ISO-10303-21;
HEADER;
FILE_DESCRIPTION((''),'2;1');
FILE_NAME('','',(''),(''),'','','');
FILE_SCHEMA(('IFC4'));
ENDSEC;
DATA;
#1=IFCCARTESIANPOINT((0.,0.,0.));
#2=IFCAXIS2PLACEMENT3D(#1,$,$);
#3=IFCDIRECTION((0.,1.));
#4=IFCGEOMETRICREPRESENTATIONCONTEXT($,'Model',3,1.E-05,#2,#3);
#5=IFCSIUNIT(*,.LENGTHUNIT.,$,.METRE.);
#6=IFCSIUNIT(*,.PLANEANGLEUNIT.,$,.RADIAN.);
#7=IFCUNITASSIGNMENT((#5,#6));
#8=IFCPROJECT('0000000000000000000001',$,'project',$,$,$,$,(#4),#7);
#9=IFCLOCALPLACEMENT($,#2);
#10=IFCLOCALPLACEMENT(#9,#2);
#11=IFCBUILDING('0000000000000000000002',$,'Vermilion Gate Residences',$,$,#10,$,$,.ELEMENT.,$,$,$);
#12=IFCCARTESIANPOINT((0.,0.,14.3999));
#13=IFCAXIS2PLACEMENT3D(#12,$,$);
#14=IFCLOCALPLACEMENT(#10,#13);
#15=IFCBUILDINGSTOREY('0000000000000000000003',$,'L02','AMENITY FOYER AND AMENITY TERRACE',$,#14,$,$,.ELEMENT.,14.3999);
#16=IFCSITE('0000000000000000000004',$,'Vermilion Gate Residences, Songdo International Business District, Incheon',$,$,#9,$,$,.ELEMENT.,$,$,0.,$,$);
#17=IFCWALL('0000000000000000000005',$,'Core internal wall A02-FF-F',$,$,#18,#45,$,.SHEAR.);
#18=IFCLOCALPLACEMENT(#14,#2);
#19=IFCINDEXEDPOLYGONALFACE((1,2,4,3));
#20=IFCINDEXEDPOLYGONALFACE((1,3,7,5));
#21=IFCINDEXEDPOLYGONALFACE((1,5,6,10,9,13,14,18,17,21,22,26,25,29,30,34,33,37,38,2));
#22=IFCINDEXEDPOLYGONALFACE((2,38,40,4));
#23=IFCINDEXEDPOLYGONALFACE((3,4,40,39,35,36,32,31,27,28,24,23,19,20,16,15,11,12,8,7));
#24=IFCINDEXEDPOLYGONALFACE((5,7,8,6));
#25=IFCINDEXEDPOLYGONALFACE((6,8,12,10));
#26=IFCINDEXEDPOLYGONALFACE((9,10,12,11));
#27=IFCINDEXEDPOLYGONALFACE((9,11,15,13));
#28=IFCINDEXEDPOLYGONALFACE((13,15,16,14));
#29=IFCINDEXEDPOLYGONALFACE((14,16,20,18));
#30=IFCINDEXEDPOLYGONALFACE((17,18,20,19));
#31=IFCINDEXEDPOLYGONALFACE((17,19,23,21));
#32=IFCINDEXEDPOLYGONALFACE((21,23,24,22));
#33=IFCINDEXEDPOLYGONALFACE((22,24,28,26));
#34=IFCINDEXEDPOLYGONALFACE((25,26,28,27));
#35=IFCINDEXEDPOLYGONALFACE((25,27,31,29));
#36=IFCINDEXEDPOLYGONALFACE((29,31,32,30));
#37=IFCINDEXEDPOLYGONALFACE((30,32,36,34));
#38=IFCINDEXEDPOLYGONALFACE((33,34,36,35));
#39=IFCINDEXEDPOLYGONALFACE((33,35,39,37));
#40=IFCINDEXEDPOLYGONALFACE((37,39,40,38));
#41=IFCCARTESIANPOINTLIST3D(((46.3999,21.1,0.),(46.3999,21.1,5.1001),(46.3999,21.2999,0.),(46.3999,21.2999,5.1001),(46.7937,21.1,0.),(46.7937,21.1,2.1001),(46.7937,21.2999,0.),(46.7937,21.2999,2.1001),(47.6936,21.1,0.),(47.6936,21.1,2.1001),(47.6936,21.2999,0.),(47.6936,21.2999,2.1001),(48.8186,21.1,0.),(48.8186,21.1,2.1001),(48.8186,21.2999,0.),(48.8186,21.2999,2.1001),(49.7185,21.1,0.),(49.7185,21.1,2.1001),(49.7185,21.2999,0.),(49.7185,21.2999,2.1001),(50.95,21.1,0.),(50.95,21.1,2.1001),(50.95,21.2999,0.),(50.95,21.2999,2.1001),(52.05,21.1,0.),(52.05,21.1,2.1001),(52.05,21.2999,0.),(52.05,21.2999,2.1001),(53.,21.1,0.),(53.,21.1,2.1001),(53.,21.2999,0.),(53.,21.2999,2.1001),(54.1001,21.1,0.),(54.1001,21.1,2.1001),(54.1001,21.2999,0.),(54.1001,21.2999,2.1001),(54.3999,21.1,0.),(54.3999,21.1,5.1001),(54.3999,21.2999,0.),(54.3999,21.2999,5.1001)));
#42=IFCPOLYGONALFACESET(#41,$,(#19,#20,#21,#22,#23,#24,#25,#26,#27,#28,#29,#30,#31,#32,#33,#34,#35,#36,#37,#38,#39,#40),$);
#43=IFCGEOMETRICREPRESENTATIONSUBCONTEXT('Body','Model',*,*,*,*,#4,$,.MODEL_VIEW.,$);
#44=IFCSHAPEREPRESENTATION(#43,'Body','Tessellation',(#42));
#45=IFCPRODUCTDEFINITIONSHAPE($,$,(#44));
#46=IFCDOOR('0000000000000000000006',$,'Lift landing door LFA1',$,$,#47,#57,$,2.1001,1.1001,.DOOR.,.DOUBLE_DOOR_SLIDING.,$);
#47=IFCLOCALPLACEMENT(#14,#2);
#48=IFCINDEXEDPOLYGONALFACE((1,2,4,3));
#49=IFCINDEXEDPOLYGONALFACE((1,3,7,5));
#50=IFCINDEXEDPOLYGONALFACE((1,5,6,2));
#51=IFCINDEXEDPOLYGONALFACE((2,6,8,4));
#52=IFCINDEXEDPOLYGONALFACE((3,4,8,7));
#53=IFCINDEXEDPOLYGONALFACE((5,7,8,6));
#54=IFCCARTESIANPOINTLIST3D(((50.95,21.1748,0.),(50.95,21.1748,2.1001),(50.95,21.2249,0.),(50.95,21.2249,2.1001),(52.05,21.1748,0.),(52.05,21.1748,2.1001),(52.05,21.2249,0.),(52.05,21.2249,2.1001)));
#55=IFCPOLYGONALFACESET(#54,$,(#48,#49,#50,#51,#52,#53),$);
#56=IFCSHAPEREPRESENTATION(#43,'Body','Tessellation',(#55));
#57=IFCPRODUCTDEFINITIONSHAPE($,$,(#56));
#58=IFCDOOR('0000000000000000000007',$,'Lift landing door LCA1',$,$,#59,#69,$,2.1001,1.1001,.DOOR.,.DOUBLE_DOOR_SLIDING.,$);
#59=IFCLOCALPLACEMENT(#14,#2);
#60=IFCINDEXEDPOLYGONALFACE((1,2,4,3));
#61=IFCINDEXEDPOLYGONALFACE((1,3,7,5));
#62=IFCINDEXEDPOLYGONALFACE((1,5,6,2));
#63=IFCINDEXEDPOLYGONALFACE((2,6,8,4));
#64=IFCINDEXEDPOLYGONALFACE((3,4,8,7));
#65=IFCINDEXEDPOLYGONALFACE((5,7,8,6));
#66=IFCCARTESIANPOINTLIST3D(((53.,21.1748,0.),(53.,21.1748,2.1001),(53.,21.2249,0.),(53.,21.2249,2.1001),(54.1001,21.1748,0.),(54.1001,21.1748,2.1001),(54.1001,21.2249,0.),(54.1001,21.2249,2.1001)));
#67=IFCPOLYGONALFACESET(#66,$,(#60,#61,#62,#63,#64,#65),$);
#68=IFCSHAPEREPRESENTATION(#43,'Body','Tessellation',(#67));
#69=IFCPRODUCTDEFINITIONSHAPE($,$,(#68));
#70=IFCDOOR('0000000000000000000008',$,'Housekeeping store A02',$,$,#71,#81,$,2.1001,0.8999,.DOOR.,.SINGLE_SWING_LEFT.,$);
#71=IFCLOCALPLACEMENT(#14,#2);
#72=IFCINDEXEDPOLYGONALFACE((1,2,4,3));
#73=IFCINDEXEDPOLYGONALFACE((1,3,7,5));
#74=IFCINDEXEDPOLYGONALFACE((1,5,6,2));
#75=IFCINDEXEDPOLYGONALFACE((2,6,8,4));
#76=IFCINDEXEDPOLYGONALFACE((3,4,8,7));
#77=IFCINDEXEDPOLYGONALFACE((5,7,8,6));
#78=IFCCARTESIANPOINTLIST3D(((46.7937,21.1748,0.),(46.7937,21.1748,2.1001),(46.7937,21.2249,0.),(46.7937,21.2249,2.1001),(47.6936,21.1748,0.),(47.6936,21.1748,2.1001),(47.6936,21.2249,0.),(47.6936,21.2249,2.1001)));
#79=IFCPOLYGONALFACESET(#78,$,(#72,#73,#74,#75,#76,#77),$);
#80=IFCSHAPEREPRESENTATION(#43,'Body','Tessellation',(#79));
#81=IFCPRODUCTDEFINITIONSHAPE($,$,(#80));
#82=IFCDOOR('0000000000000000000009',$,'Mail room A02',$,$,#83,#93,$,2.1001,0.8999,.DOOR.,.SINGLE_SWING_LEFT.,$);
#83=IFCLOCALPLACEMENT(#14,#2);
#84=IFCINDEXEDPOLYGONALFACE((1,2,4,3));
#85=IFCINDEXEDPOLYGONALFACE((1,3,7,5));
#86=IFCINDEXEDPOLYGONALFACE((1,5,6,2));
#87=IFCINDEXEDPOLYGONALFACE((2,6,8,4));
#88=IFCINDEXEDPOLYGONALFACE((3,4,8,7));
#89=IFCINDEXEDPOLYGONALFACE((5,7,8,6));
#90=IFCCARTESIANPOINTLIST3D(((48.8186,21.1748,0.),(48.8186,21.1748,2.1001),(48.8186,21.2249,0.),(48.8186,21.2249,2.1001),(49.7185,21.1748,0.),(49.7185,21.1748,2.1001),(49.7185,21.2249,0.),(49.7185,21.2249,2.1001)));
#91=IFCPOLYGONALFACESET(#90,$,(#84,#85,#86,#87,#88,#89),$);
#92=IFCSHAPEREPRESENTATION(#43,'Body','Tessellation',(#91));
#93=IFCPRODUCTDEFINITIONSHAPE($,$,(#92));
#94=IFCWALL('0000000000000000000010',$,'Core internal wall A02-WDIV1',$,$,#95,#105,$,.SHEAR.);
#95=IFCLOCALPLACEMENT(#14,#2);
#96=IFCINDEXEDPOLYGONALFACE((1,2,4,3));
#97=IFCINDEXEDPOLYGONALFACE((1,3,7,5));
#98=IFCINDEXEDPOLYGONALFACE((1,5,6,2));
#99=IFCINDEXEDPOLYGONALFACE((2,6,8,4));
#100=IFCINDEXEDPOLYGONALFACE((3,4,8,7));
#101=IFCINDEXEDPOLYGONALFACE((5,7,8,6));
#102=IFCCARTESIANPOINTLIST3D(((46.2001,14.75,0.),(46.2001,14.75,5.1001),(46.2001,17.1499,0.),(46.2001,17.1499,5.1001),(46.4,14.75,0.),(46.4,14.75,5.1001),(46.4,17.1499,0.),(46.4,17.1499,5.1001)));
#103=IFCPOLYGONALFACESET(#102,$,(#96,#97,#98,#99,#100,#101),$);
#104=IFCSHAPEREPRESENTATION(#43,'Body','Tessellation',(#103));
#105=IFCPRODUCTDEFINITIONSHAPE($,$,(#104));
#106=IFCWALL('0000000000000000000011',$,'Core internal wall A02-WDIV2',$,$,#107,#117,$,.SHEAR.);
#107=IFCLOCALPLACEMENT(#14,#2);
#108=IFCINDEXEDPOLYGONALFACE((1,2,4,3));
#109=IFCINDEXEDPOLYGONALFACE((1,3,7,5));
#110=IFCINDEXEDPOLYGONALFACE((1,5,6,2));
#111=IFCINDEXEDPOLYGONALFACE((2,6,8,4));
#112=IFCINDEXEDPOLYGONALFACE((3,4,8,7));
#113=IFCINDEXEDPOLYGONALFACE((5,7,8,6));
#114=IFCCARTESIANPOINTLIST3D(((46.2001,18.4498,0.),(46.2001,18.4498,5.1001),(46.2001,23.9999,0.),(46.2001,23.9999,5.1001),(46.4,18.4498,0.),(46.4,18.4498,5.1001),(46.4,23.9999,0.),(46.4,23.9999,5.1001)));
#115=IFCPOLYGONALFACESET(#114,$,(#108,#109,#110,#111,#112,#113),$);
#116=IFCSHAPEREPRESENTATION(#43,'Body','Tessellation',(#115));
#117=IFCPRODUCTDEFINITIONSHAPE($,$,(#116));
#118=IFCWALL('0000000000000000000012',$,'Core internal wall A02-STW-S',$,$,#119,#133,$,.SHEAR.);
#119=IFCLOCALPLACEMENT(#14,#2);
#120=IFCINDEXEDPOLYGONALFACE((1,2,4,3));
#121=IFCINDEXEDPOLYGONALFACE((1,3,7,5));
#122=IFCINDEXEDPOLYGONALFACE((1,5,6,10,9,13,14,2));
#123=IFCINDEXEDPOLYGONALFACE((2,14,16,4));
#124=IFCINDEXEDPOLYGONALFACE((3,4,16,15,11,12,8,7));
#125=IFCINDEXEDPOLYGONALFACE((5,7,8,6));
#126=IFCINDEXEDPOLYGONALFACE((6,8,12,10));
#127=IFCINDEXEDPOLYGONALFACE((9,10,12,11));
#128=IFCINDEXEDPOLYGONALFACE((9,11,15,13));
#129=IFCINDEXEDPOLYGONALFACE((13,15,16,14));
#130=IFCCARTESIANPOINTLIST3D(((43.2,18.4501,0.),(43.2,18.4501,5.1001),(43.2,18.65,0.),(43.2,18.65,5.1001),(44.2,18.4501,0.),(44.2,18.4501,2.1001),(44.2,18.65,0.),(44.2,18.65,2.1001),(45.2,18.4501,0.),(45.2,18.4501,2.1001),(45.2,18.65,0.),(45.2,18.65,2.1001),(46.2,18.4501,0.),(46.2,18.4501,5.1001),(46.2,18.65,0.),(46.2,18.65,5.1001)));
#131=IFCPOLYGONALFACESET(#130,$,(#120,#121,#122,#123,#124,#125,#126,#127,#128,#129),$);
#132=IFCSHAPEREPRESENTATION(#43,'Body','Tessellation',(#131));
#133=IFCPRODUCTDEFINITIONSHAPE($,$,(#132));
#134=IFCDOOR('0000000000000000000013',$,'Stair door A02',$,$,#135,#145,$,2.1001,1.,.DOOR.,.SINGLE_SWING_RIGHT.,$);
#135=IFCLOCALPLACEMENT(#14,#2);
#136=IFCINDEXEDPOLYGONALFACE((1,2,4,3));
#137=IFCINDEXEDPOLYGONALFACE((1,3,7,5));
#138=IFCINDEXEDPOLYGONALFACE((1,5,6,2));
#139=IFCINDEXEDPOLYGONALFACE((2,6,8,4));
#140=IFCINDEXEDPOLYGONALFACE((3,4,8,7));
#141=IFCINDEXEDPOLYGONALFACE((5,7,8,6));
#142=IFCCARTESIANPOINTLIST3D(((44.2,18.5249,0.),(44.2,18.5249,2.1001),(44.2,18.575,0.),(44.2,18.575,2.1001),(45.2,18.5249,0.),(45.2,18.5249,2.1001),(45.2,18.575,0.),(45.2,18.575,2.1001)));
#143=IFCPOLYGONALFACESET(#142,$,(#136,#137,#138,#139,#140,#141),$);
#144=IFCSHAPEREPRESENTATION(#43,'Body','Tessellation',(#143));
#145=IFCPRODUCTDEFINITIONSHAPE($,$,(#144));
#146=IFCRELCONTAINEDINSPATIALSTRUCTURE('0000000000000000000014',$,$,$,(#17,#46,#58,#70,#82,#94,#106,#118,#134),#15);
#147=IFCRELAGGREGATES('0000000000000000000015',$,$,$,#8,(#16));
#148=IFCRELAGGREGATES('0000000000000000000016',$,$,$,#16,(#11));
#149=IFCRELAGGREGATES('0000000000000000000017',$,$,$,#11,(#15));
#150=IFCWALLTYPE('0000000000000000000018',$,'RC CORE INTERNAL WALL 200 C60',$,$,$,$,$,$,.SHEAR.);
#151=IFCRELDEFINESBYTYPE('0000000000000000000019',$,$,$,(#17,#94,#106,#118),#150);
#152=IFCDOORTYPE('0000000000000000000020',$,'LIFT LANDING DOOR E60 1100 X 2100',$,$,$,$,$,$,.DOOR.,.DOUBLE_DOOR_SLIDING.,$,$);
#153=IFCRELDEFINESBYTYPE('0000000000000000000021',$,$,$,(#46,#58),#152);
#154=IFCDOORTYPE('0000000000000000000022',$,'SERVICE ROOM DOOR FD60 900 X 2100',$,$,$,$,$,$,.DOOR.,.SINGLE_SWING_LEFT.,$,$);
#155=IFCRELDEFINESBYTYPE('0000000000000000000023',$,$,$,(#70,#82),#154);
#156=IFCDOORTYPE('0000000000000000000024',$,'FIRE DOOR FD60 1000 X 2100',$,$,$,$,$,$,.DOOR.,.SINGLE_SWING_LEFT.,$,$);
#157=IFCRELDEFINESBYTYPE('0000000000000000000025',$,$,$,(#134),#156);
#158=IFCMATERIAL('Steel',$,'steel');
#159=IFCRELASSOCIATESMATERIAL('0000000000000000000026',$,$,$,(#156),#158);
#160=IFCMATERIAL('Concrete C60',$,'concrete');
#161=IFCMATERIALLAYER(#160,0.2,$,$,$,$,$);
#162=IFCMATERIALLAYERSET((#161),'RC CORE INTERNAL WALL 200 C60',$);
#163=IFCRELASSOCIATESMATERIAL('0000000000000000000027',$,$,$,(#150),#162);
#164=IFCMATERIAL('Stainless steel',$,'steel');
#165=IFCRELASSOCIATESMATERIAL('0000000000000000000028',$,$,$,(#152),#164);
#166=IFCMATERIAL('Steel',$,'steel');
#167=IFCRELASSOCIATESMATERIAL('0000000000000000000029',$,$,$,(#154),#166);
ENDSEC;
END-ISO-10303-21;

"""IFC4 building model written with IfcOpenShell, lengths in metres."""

from ifc_helpers import new_model, si_unit, direction, frame, frame_2d, origin, place, context, subcontext, project, spatial, rectangle, extrude, material, layer, layer_set, type_object, element, fill, save


model = new_model("IFC4")

# Units and contexts
model_context = context("Model", 3, precision=1e-05, world=origin(), true_north=direction((0.0, 1.0)))
body_context = subcontext(model_context, "Body", "Model", "MODEL_VIEW")
ifc_project = project(units=[si_unit("LENGTHUNIT", "METRE"), si_unit("PLANEANGLEUNIT", "RADIAN")], contexts=[model_context])

# Site, building, storey
site_placement = place(None, origin())
site = spatial("IfcSite", under=ifc_project, at=site_placement, Name="Vermilion Gate Residences, Songdo International Business District, Incheon", CompositionType="ELEMENT", RefElevation=0.0)
building_placement = place(site_placement, origin())
building = spatial("IfcBuilding", under=site, at=building_placement, Name="Vermilion Gate Residences", CompositionType="ELEMENT")
storey_placement = place(building_placement, frame((0.0, 0.0, 14.3999)))
storey = spatial("IfcBuildingStorey", under=building, at=storey_placement, Name="L02", Description="AMENITY FOYER AND AMENITY TERRACE", CompositionType="ELEMENT", Elevation=14.3999)

# Shared definitions
ifc_material_1 = material(Name="Steel", Category="steel")
door_type_1 = type_object("IfcDoorType", Name="FIRE DOOR FD60 1000 X 2100", OperationType="SINGLE_SWING_LEFT", PredefinedType="DOOR", material=ifc_material_1)

# Shared definitions
ifc_material_2 = material(Name="Concrete C60", Category="concrete")
ifc_layer_1 = layer(ifc_material_2, 0.2)
ifc_layer_set_1 = layer_set([ifc_layer_1], Name="RC CORE INTERNAL WALL 200 C60")
wall_type_1 = type_object("IfcWallType", Name="RC CORE INTERNAL WALL 200 C60", PredefinedType="SHEAR", material=ifc_layer_set_1)

# Wall, openings, doors
wall_1_placement = place(storey_placement, frame((46.3999, 21.2, 0.0), z_axis=(0.0, 0.0, 1.0), x_axis=(1.0, 0.0, 0.0)))
wall_1 = element("IfcWall", 1, at=wall_1_placement, inside=storey, type_object=wall_type_1, Name="Core internal wall A02-FF-F", PredefinedType="SHEAR", context=body_context, shape_type="SweptSolid", body=[
    extrude(rectangle(XDim=8.0, YDim=0.2, at=frame_2d((4.0, 0.0))), origin(), (0.0, 0.0, 1.0), 5.1001),
])
opening_1_placement = place(wall_1_placement, frame((0.3938, 0.0, 0.0)))
opening_1 = element("IfcOpeningElement", 2, at=opening_1_placement, cuts=wall_1, PredefinedType="OPENING", context=body_context, shape_type="SweptSolid", body=[
    extrude(rectangle(XDim=0.8999, YDim=2.1001, at=frame_2d((0.45, 1.05))), frame((0.0, 0.1099, 0.0), z_axis=(0.0, -1.0, 0.0), x_axis=(1.0, 0.0, 0.0)), (0.0, 0.0, 1.0), 0.22),
])
opening_2_placement = place(wall_1_placement, frame((2.4187, 0.0, 0.0)))
opening_2 = element("IfcOpeningElement", 3, at=opening_2_placement, cuts=wall_1, PredefinedType="OPENING", context=body_context, shape_type="SweptSolid", body=[
    extrude(rectangle(XDim=0.8999, YDim=2.1001, at=frame_2d((0.45, 1.05))), frame((0.0, 0.1099, 0.0), z_axis=(0.0, -1.0, 0.0), x_axis=(1.0, 0.0, 0.0)), (0.0, 0.0, 1.0), 0.22),
])
opening_3_placement = place(wall_1_placement, frame((4.55, 0.0, 0.0)))
opening_3 = element("IfcOpeningElement", 4, at=opening_3_placement, cuts=wall_1, PredefinedType="OPENING", context=body_context, shape_type="SweptSolid", body=[
    extrude(rectangle(XDim=1.1001, YDim=2.1001, at=frame_2d((0.55, 1.05))), frame((0.0, 0.1099, 0.0), z_axis=(0.0, -1.0, 0.0), x_axis=(1.0, 0.0, 0.0)), (0.0, 0.0, 1.0), 0.22),
])
opening_4_placement = place(wall_1_placement, frame((6.6001, 0.0, 0.0)))
opening_4 = element("IfcOpeningElement", 5, at=opening_4_placement, cuts=wall_1, PredefinedType="OPENING", context=body_context, shape_type="SweptSolid", body=[
    extrude(rectangle(XDim=1.1001, YDim=2.1001, at=frame_2d((0.55, 1.05))), frame((0.0, 0.1099, 0.0), z_axis=(0.0, -1.0, 0.0), x_axis=(1.0, 0.0, 0.0)), (0.0, 0.0, 1.0), 0.22),
])
ifc_material_3 = material(Name="Stainless steel", Category="steel")
door_type_2 = type_object("IfcDoorType", Name="LIFT LANDING DOOR E60 1100 X 2100", OperationType="DOUBLE_DOOR_SLIDING", PredefinedType="DOOR", material=ifc_material_3)
door_1_placement = place(opening_3_placement, origin())
door_1 = element("IfcDoor", 6, at=door_1_placement, inside=storey, type_object=door_type_2, Name="Lift landing door LFA1", OperationType="DOUBLE_DOOR_SLIDING", OverallHeight=2.1001, OverallWidth=1.1001, PredefinedType="DOOR", context=body_context, shape_type="SweptSolid", body=[
    extrude(rectangle(XDim=1.1001, YDim=2.1001, at=frame_2d((0.55, 1.05))), frame((0.0, 0.0249, 0.0), z_axis=(0.0, -1.0, 0.0), x_axis=(1.0, 0.0, 0.0)), (0.0, 0.0, 1.0), 0.05),
])
fill(opening_3, door_1)
door_2_placement = place(opening_4_placement, origin())
door_2 = element("IfcDoor", 7, at=door_2_placement, inside=storey, type_object=door_type_2, Name="Lift landing door LCA1", OperationType="DOUBLE_DOOR_SLIDING", OverallHeight=2.1001, OverallWidth=1.1001, PredefinedType="DOOR", context=body_context, shape_type="SweptSolid", body=[
    extrude(rectangle(XDim=1.1001, YDim=2.1001, at=frame_2d((0.55, 1.05))), frame((0.0, 0.0249, 0.0), z_axis=(0.0, -1.0, 0.0), x_axis=(1.0, 0.0, 0.0)), (0.0, 0.0, 1.0), 0.05),
])
fill(opening_4, door_2)
ifc_material_4 = material(Name="Steel", Category="steel")
door_type_3 = type_object("IfcDoorType", Name="SERVICE ROOM DOOR FD60 900 X 2100", OperationType="SINGLE_SWING_LEFT", PredefinedType="DOOR", material=ifc_material_4)
door_3_placement = place(opening_1_placement, origin())
door_3 = element("IfcDoor", 8, at=door_3_placement, inside=storey, type_object=door_type_3, Name="Housekeeping store A02", OperationType="SINGLE_SWING_LEFT", OverallHeight=2.1001, OverallWidth=0.8999, PredefinedType="DOOR", context=body_context, shape_type="SweptSolid", body=[
    extrude(rectangle(XDim=0.8999, YDim=2.1001, at=frame_2d((0.45, 1.05))), frame((0.0, 0.0249, 0.0), z_axis=(0.0, -1.0, 0.0), x_axis=(1.0, 0.0, 0.0)), (0.0, 0.0, 1.0), 0.05),
])
fill(opening_1, door_3)
door_4_placement = place(opening_2_placement, origin())
door_4 = element("IfcDoor", 9, at=door_4_placement, inside=storey, type_object=door_type_3, Name="Mail room A02", OperationType="SINGLE_SWING_LEFT", OverallHeight=2.1001, OverallWidth=0.8999, PredefinedType="DOOR", context=body_context, shape_type="SweptSolid", body=[
    extrude(rectangle(XDim=0.8999, YDim=2.1001, at=frame_2d((0.45, 1.05))), frame((0.0, 0.0249, 0.0), z_axis=(0.0, -1.0, 0.0), x_axis=(1.0, 0.0, 0.0)), (0.0, 0.0, 1.0), 0.05),
])
fill(opening_2, door_4)

# Walls
wall_2_placement = place(storey_placement, frame((46.3, 14.75, 0.0), z_axis=(0.0, 0.0, 1.0), x_axis=(0.0, 1.0, 0.0)))
element("IfcWall", 10, at=wall_2_placement, inside=storey, type_object=wall_type_1, Name="Core internal wall A02-WDIV1", PredefinedType="SHEAR", context=body_context, shape_type="SweptSolid", body=[
    extrude(rectangle(XDim=2.3999, YDim=0.2, at=frame_2d((1.2, 0.0))), origin(), (0.0, 0.0, 1.0), 5.1001),
])
wall_3_placement = place(storey_placement, frame((46.3, 18.45, 0.0), z_axis=(0.0, 0.0, 1.0), x_axis=(0.0, 1.0, 0.0)))
element("IfcWall", 11, at=wall_3_placement, inside=storey, type_object=wall_type_1, Name="Core internal wall A02-WDIV2", PredefinedType="SHEAR", context=body_context, shape_type="SweptSolid", body=[
    extrude(rectangle(XDim=5.55, YDim=0.2, at=frame_2d((2.7749, 0.0))), origin(), (0.0, 0.0, 1.0), 5.1001),
])

# Wall, opening, door
wall_4_placement = place(storey_placement, frame((43.2, 18.55, 0.0), z_axis=(0.0, 0.0, 1.0), x_axis=(1.0, 0.0, 0.0)))
wall_4 = element("IfcWall", 12, at=wall_4_placement, inside=storey, type_object=wall_type_1, Name="Core internal wall A02-STW-S", PredefinedType="SHEAR", context=body_context, shape_type="SweptSolid", body=[
    extrude(rectangle(XDim=3.0, YDim=0.2, at=frame_2d((1.5, 0.0))), origin(), (0.0, 0.0, 1.0), 5.1001),
])
opening_5_placement = place(wall_4_placement, frame((1.0, 0.0, 0.0)))
opening_5 = element("IfcOpeningElement", 13, at=opening_5_placement, cuts=wall_4, PredefinedType="OPENING", context=body_context, shape_type="SweptSolid", body=[
    extrude(rectangle(XDim=1.0, YDim=2.1001, at=frame_2d((0.5, 1.05))), frame((0.0, 0.1099, 0.0), z_axis=(0.0, -1.0, 0.0), x_axis=(1.0, 0.0, 0.0)), (0.0, 0.0, 1.0), 0.22),
])
door_5_placement = place(opening_5_placement, origin())
door_5 = element("IfcDoor", 14, at=door_5_placement, inside=storey, type_object=door_type_1, Name="Stair door A02", OperationType="SINGLE_SWING_RIGHT", OverallHeight=2.1001, OverallWidth=1.0, PredefinedType="DOOR", context=body_context, shape_type="SweptSolid", body=[
    extrude(rectangle(XDim=1.0, YDim=2.1001, at=frame_2d((0.5, 1.05))), frame((0.0, 0.0249, 0.0), z_axis=(0.0, -1.0, 0.0), x_axis=(1.0, 0.0, 0.0)), (0.0, 0.0, 1.0), 0.05),
])
fill(opening_5, door_5)

save(model, "model.ifc")
